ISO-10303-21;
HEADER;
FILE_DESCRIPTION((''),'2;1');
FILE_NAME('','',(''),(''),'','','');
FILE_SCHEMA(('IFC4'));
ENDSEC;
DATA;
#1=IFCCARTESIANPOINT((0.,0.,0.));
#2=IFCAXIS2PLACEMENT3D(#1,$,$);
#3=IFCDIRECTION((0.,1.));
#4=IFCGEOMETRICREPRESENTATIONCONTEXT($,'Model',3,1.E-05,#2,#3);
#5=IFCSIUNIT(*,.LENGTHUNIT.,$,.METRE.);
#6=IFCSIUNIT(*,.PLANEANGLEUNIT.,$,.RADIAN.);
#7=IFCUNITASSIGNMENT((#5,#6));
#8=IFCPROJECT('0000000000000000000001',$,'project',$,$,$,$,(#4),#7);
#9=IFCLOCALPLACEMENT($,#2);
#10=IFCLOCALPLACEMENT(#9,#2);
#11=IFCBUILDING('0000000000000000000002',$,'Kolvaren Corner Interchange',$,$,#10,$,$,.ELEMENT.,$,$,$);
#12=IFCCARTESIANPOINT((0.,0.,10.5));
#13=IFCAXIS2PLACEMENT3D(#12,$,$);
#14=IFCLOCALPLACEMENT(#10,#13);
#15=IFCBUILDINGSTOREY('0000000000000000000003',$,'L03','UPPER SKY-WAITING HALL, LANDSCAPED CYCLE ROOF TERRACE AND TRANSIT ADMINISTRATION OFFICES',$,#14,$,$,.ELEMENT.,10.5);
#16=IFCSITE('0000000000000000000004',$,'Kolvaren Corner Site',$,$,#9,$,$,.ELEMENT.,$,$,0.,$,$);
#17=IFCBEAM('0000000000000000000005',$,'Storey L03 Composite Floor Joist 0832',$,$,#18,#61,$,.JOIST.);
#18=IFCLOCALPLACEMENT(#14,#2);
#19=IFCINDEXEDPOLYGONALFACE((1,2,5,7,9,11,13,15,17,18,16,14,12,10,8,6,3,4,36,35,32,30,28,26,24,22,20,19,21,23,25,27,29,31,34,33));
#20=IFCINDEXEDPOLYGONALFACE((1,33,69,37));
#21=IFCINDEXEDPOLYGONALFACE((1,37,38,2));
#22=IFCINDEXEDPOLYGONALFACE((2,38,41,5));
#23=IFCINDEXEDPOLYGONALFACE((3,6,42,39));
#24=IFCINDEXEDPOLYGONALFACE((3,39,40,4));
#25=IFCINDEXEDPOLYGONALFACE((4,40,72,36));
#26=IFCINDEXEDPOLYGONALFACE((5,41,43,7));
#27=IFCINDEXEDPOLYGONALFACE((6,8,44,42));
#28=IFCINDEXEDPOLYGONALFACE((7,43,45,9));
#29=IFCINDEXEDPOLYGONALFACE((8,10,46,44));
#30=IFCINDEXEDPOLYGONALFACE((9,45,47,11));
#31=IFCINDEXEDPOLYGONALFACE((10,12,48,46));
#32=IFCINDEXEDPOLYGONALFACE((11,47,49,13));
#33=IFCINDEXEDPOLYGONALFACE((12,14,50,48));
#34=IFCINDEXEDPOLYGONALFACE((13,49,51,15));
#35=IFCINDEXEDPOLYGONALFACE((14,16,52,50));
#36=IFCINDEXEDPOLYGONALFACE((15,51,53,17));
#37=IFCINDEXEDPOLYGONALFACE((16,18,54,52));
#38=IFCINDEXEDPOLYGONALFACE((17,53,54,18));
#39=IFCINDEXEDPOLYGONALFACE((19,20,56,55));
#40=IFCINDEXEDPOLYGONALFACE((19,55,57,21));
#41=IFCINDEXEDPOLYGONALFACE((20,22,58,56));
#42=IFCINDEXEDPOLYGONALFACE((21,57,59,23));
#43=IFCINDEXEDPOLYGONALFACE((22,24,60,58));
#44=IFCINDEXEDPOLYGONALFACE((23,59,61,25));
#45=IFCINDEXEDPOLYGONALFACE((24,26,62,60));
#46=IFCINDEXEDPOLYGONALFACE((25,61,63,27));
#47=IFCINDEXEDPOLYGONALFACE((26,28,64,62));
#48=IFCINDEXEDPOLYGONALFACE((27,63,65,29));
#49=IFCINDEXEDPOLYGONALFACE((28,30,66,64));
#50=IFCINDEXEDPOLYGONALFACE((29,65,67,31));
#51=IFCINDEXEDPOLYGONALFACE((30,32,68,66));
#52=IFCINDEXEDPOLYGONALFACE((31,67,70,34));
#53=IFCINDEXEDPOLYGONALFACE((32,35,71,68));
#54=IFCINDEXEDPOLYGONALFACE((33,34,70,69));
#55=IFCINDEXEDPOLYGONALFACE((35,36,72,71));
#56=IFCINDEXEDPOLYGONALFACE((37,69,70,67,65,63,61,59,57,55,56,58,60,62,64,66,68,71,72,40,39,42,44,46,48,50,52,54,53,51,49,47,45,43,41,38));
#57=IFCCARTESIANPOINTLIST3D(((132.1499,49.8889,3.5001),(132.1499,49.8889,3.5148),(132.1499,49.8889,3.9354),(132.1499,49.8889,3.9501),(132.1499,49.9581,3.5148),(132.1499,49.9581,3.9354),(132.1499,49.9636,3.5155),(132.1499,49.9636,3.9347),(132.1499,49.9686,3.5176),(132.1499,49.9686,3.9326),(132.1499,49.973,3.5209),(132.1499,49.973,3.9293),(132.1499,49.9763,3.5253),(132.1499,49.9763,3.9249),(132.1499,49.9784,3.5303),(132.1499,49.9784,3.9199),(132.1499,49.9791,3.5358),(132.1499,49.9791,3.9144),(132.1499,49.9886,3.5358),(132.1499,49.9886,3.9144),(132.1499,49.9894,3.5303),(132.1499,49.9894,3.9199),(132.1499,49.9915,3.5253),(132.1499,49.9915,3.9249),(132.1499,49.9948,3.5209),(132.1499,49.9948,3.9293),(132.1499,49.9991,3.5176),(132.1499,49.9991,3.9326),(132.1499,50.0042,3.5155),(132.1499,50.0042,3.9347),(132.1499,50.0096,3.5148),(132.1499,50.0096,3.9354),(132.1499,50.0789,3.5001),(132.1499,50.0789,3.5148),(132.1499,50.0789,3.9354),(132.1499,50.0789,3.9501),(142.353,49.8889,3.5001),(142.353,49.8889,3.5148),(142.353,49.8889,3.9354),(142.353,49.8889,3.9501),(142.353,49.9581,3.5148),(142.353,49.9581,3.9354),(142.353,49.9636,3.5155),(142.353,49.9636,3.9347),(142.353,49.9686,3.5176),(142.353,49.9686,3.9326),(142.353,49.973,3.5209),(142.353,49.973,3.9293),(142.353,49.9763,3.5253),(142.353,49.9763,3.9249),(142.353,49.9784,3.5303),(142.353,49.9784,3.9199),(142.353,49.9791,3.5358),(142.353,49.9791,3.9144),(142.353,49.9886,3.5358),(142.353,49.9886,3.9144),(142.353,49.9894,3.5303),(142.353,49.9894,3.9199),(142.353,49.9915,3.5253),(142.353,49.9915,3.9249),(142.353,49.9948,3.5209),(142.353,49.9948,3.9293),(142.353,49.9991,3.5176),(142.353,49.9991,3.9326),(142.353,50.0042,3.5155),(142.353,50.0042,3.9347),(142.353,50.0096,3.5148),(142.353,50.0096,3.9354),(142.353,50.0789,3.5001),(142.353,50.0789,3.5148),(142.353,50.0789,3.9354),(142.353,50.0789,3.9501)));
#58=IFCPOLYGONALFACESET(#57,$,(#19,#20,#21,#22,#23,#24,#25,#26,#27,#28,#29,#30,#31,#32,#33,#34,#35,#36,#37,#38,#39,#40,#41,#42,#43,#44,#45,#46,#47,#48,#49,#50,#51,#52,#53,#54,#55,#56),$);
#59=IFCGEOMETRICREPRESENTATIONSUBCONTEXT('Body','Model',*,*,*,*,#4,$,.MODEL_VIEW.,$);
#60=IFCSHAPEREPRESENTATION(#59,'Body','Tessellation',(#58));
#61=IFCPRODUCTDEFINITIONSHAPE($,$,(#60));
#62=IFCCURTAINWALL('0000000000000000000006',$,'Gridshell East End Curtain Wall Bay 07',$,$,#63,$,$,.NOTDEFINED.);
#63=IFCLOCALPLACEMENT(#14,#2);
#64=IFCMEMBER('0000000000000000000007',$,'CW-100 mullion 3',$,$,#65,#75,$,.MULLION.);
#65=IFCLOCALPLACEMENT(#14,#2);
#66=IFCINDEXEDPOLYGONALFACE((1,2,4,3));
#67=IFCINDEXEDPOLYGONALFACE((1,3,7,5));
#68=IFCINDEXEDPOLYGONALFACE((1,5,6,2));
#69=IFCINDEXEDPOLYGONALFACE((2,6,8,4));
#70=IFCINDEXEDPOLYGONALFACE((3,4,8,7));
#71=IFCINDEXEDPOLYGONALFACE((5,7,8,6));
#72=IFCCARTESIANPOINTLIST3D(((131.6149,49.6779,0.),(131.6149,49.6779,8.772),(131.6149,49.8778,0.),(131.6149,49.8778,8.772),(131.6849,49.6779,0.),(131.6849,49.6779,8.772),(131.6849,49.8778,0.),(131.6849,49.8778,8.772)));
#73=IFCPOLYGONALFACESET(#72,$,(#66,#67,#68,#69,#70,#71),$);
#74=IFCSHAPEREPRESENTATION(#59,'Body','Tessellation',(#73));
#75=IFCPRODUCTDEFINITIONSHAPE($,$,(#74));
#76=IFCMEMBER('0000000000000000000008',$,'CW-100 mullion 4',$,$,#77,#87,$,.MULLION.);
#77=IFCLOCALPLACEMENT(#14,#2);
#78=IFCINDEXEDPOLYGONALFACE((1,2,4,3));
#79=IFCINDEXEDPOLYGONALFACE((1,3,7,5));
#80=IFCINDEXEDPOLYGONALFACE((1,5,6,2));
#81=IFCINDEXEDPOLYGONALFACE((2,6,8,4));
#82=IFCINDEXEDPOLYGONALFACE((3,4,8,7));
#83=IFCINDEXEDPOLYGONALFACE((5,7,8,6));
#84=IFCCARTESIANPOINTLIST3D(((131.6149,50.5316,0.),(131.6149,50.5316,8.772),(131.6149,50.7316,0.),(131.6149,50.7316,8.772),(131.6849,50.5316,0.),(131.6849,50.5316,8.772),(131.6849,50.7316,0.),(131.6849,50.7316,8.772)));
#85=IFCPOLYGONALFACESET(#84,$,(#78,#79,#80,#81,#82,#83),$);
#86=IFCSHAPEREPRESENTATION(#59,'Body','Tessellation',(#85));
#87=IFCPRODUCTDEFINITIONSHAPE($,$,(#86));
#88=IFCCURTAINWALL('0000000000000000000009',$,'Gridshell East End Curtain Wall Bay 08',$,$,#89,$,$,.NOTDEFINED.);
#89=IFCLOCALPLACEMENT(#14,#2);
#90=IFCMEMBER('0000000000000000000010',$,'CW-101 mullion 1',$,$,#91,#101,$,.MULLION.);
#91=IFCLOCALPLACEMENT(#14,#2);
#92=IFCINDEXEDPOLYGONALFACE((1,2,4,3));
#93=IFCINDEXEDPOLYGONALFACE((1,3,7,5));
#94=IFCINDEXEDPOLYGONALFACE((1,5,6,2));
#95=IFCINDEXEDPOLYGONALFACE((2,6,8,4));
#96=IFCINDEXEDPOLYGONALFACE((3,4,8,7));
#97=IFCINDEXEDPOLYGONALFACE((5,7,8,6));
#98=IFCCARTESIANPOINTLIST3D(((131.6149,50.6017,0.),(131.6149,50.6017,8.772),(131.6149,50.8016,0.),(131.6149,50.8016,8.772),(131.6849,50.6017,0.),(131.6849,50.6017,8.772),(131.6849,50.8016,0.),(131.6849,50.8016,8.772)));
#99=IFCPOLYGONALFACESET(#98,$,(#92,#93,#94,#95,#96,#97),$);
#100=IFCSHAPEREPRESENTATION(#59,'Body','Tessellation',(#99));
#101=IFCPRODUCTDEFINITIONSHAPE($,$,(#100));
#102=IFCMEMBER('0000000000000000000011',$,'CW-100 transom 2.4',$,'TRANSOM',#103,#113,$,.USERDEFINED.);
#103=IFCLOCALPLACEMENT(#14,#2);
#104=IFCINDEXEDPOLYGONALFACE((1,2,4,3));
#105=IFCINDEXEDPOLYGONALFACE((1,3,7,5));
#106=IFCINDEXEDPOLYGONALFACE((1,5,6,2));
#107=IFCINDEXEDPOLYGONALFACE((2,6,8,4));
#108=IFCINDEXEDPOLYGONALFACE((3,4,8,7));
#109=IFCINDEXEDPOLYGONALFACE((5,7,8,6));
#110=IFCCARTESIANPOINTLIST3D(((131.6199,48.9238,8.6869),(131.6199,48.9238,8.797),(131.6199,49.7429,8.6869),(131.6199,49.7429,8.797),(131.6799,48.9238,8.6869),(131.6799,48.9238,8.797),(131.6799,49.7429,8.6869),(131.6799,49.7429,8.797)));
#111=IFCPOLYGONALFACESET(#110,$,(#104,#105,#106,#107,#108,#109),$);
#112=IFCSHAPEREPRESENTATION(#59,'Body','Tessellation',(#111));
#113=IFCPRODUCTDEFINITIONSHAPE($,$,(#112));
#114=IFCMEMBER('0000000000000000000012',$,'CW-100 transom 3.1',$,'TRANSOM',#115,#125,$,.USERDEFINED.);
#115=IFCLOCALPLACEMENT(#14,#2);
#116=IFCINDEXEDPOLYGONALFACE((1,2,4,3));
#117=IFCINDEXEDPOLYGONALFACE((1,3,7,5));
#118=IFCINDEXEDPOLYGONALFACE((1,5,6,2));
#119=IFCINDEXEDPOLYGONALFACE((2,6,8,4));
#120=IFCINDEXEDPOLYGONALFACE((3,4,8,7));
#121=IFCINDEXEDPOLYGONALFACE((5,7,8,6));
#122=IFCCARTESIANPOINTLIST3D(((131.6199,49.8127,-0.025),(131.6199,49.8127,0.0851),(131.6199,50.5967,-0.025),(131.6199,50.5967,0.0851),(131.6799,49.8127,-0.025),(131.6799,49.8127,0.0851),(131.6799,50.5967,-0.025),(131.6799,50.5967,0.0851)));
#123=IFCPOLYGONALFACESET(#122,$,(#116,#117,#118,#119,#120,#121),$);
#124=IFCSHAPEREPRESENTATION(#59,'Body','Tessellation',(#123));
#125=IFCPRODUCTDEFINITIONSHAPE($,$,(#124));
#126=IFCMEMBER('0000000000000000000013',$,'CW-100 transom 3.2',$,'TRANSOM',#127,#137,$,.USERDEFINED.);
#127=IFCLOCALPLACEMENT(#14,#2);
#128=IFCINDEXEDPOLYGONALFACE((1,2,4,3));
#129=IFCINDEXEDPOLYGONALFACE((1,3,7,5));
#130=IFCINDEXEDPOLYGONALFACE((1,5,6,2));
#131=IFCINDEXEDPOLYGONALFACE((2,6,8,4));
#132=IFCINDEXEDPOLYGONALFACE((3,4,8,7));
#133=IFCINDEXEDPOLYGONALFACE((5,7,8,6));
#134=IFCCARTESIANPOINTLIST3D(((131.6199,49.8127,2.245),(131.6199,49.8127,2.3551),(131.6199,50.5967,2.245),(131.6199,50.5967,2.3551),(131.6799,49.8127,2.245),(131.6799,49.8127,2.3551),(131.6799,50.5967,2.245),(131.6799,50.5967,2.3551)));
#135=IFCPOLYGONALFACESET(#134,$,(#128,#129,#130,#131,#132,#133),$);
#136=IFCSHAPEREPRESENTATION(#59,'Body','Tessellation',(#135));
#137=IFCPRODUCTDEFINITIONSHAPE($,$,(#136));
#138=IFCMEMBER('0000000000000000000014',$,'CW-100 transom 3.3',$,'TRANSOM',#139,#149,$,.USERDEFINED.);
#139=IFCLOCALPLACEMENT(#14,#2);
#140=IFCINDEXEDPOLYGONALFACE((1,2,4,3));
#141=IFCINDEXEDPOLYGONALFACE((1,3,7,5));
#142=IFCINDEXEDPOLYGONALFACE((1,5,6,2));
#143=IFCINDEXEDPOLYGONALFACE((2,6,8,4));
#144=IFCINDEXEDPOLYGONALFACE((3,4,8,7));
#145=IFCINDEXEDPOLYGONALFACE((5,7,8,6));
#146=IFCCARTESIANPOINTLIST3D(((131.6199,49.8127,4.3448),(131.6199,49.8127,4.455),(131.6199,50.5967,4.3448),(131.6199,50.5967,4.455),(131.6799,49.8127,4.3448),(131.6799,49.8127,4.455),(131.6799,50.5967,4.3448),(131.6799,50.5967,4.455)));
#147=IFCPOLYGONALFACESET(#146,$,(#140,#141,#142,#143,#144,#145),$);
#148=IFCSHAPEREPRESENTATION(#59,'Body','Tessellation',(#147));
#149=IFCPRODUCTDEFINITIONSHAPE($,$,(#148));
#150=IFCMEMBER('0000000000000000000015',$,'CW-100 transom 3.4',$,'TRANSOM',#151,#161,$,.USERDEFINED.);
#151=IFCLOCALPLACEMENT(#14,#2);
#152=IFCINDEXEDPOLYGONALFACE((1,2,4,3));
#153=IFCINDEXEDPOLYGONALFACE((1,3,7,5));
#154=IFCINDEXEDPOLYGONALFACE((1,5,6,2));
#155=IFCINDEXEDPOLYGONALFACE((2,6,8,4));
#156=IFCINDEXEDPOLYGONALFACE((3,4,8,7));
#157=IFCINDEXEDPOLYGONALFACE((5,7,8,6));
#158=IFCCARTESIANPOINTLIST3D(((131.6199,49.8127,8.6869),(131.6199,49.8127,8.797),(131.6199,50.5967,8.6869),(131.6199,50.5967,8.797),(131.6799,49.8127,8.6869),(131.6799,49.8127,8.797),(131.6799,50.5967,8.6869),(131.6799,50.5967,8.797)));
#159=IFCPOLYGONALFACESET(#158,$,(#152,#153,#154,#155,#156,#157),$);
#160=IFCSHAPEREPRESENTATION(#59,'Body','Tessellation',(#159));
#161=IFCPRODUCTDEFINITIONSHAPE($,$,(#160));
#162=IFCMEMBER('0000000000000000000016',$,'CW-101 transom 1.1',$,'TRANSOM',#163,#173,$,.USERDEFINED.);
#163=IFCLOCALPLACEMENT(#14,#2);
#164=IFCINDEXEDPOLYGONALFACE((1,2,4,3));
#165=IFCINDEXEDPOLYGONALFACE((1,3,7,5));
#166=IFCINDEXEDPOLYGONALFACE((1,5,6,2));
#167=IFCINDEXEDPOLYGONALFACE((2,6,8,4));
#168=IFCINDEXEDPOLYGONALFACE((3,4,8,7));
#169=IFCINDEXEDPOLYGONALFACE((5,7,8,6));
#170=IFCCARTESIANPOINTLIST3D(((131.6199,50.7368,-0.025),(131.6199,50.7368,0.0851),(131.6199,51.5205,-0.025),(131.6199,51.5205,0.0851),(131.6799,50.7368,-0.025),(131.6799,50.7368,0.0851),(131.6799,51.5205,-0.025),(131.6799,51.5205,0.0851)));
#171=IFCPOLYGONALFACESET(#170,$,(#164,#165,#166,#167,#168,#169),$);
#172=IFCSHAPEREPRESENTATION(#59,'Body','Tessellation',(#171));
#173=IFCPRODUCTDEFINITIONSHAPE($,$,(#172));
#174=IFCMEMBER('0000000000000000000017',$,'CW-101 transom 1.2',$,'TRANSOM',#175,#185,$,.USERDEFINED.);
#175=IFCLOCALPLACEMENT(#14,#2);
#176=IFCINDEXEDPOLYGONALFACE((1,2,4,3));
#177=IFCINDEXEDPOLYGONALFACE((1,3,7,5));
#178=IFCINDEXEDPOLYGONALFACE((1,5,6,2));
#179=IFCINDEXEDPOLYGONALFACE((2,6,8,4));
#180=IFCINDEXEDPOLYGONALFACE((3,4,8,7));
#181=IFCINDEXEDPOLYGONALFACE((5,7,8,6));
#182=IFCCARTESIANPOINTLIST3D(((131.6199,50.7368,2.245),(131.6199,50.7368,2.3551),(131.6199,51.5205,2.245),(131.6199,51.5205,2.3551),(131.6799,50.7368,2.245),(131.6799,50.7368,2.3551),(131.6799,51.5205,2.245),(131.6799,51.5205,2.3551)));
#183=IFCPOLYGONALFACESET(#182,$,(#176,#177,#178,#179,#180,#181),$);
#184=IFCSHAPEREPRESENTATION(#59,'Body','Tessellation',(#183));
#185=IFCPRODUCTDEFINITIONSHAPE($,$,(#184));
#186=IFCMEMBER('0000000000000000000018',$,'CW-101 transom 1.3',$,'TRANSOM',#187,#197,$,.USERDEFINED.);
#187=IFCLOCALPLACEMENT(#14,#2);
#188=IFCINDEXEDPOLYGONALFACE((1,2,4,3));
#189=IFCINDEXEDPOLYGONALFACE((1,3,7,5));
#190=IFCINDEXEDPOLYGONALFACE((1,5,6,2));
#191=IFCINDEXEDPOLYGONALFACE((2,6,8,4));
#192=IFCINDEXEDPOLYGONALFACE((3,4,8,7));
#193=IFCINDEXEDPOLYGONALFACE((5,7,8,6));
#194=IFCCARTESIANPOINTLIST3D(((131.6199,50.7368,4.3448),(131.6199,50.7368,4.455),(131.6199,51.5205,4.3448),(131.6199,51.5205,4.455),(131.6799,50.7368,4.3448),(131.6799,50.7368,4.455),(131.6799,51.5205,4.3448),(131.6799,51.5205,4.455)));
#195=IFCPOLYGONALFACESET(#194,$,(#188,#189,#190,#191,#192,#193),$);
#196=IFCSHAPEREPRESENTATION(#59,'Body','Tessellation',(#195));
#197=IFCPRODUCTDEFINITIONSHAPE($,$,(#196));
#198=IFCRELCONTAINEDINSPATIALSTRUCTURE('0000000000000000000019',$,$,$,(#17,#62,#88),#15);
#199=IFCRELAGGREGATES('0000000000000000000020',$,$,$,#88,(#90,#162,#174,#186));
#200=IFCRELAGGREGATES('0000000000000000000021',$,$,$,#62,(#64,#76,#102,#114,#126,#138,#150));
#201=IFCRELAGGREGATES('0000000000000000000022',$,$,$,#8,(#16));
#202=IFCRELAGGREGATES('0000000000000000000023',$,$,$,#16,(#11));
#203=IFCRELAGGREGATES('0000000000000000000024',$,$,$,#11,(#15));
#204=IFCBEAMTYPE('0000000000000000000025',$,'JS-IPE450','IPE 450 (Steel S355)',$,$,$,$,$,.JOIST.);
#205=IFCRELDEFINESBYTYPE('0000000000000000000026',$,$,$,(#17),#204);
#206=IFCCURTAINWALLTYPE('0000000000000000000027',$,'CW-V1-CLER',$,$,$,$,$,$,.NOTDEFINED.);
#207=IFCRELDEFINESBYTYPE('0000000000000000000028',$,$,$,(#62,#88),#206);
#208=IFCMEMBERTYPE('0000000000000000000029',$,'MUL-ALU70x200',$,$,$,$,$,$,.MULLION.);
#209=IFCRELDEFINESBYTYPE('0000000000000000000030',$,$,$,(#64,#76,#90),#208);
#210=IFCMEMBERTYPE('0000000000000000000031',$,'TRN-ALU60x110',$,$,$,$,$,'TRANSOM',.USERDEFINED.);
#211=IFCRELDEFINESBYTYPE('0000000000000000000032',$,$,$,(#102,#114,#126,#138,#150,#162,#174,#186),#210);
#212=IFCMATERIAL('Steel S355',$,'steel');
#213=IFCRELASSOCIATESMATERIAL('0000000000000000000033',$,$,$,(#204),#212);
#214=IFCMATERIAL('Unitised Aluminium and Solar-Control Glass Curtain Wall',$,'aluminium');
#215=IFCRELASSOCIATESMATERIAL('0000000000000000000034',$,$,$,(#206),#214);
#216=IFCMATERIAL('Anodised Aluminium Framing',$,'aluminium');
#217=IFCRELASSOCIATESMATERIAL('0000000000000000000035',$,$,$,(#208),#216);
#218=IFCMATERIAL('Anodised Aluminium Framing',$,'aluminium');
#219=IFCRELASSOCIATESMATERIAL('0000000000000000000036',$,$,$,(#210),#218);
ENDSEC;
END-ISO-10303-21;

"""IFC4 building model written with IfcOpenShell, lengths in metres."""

from ifc_helpers import new_model, si_unit, direction, frame, origin, origin_2d, place, context, subcontext, project, spatial, rectangle, i_section, extrude, material, material_profile, profile_set, type_object, element, aggregate, save


model = new_model("IFC4")

# Units and contexts
model_context = context("Model", 3, precision=1e-05, world=origin(), true_north=direction((0.0, 1.0)))
body_context = subcontext(model_context, "Body", "Model", "MODEL_VIEW")
ifc_project = project(units=[si_unit("LENGTHUNIT", "METRE"), si_unit("PLANEANGLEUNIT", "RADIAN")], contexts=[model_context])

# Site, building, storey
site_placement = place(None, origin())
site = spatial("IfcSite", under=ifc_project, at=site_placement, Name="Kolvaren Corner Site", CompositionType="ELEMENT", RefElevation=0.0)
building_placement = place(site_placement, origin())
building = spatial("IfcBuilding", under=site, at=building_placement, Name="Kolvaren Corner Interchange", CompositionType="ELEMENT")
storey_placement = place(building_placement, frame((0.0, 0.0, 10.5)))
storey = spatial("IfcBuildingStorey", under=building, at=storey_placement, Name="L03", Description="UPPER SKY-WAITING HALL, LANDSCAPED CYCLE ROOF TERRACE AND TRANSIT ADMINISTRATION OFFICES", CompositionType="ELEMENT", Elevation=10.5)

# Beam
ifc_material_1 = material(Name="Steel S355", Category="steel")
ifc_material_profile_1 = material_profile(ifc_material_1, i_section(OverallWidth=0.1899, OverallDepth=0.45, WebThickness=0.0095, FlangeThickness=0.0146, FilletRadius=0.021, at=origin_2d()), Name="IPE 450")
ifc_profile_set_1 = profile_set([ifc_material_profile_1], Name="Steel S355")
beam_type_1 = type_object("IfcBeamType", Name="JS-IPE450", Description="IPE 450 (Steel S355)", PredefinedType="JOIST", material=ifc_profile_set_1)
beam_1_placement = place(storey_placement, frame((132.1499, 49.9839, 3.7251), z_axis=(1.0, 0.0, 0.0), x_axis=(0.0, 1.0, 0.0)))
element("IfcBeam", 1, at=beam_1_placement, inside=storey, type_object=beam_type_1, Name="Storey L03 Composite Floor Joist 0832", PredefinedType="JOIST", context=body_context, shape_type="SweptSolid", body=[
    extrude(i_section(OverallWidth=0.1899, OverallDepth=0.45, WebThickness=0.0095, FlangeThickness=0.0146, FilletRadius=0.021, at=origin_2d()), origin(), (0.0, 0.0, 1.0), 10.2031),
])

# Curtain wall, members
ifc_material_2 = material(Name="Unitised Aluminium and Solar-Control Glass Curtain Wall", Category="aluminium")
curtain_wall_type = type_object("IfcCurtainWallType", Name="CW-V1-CLER", PredefinedType="NOTDEFINED", material=ifc_material_2)
curtain_wall_1_placement = place(storey_placement, origin())
curtain_wall_1 = element("IfcCurtainWall", 2, at=curtain_wall_1_placement, inside=storey, type_object=curtain_wall_type, Name="Gridshell East End Curtain Wall Bay 07", PredefinedType="NOTDEFINED")
ifc_material_3 = material(Name="Anodised Aluminium Framing", Category="aluminium")
ifc_material_profile_2 = material_profile(ifc_material_3, rectangle(XDim=0.0701, YDim=0.2, at=origin_2d()), Name="ALU 70x200")
ifc_profile_set_2 = profile_set([ifc_material_profile_2], Name="Anodised Aluminium Framing")
member_type_1 = type_object("IfcMemberType", Name="MUL-ALU70x200", PredefinedType="MULLION", material=ifc_profile_set_2)
member_1_placement = place(storey_placement, frame((131.6499, 49.7778, 0.0), z_axis=(0.0, 0.0, 1.0), x_axis=(-1.0, 0.0, 0.0)))
member_1 = element("IfcMember", 3, at=member_1_placement, type_object=member_type_1, Name="CW-100 mullion 3", PredefinedType="MULLION", context=body_context, shape_type="SweptSolid", body=[
    extrude(rectangle(XDim=0.0701, YDim=0.2, at=origin_2d()), origin(), (0.0, 0.0, 1.0), 8.772),
])
member_2_placement = place(storey_placement, frame((131.6499, 50.6316, 0.0), z_axis=(0.0, 0.0, 1.0), x_axis=(-1.0, 0.0, 0.0)))
member_2 = element("IfcMember", 4, at=member_2_placement, type_object=member_type_1, Name="CW-100 mullion 4", PredefinedType="MULLION", context=body_context, shape_type="SweptSolid", body=[
    extrude(rectangle(XDim=0.0701, YDim=0.2, at=origin_2d()), origin(), (0.0, 0.0, 1.0), 8.772),
])

# Curtain wall, member
curtain_wall_2_placement = place(storey_placement, origin())
curtain_wall_2 = element("IfcCurtainWall", 5, at=curtain_wall_2_placement, inside=storey, type_object=curtain_wall_type, Name="Gridshell East End Curtain Wall Bay 08", PredefinedType="NOTDEFINED")
member_3_placement = place(storey_placement, frame((131.6499, 50.7017, 0.0), z_axis=(0.0, 0.0, 1.0), x_axis=(-1.0, 0.0, 0.0)))
member_3 = element("IfcMember", 6, at=member_3_placement, type_object=member_type_1, Name="CW-101 mullion 1", PredefinedType="MULLION", context=body_context, shape_type="SweptSolid", body=[
    extrude(rectangle(XDim=0.0701, YDim=0.2, at=origin_2d()), origin(), (0.0, 0.0, 1.0), 8.772),
])

# Members
ifc_material_4 = material(Name="Anodised Aluminium Framing", Category="aluminium")
ifc_material_profile_3 = material_profile(ifc_material_4, rectangle(XDim=0.0601, YDim=0.1101, at=origin_2d()), Name="ALU 60x110")
ifc_profile_set_3 = profile_set([ifc_material_profile_3], Name="Anodised Aluminium Framing")
member_type_2 = type_object("IfcMemberType", Name="TRN-ALU60x110", ElementType="TRANSOM", PredefinedType="USERDEFINED", material=ifc_profile_set_3)
member_4_placement = place(storey_placement, frame((131.6499, 48.9238, 8.7419), z_axis=(0.0, 1.0, 0.0), x_axis=(-1.0, 0.0, 0.0)))
member_4 = element("IfcMember", 7, at=member_4_placement, type_object=member_type_2, Name="CW-100 transom 2.4", ObjectType="TRANSOM", PredefinedType="USERDEFINED", context=body_context, shape_type="SweptSolid", body=[
    extrude(rectangle(XDim=0.0601, YDim=0.1101, at=origin_2d()), origin(), (0.0, 0.0, 1.0), 0.8191),
])
member_5_placement = place(storey_placement, frame((131.6499, 49.8127, 0.03), z_axis=(0.0, 1.0, 0.0), x_axis=(-1.0, 0.0, 0.0)))
member_5 = element("IfcMember", 8, at=member_5_placement, type_object=member_type_2, Name="CW-100 transom 3.1", ObjectType="TRANSOM", PredefinedType="USERDEFINED", context=body_context, shape_type="SweptSolid", body=[
    extrude(rectangle(XDim=0.0601, YDim=0.1101, at=origin_2d()), origin(), (0.0, 0.0, 1.0), 0.7839),
])
member_6_placement = place(storey_placement, frame((131.6499, 49.8127, 2.3), z_axis=(0.0, 1.0, 0.0), x_axis=(-1.0, 0.0, 0.0)))
member_6 = element("IfcMember", 9, at=member_6_placement, type_object=member_type_2, Name="CW-100 transom 3.2", ObjectType="TRANSOM", PredefinedType="USERDEFINED", context=body_context, shape_type="SweptSolid", body=[
    extrude(rectangle(XDim=0.0601, YDim=0.1101, at=origin_2d()), origin(), (0.0, 0.0, 1.0), 0.7839),
])
member_7_placement = place(storey_placement, frame((131.6499, 49.8127, 4.3999), z_axis=(0.0, 1.0, 0.0), x_axis=(-1.0, 0.0, 0.0)))
member_7 = element("IfcMember", 10, at=member_7_placement, type_object=member_type_2, Name="CW-100 transom 3.3", ObjectType="TRANSOM", PredefinedType="USERDEFINED", context=body_context, shape_type="SweptSolid", body=[
    extrude(rectangle(XDim=0.0601, YDim=0.1101, at=origin_2d()), origin(), (0.0, 0.0, 1.0), 0.7839),
])
member_8_placement = place(storey_placement, frame((131.6499, 49.8127, 8.7419), z_axis=(0.0, 1.0, 0.0), x_axis=(-1.0, 0.0, 0.0)))
member_8 = element("IfcMember", 11, at=member_8_placement, type_object=member_type_2, Name="CW-100 transom 3.4", ObjectType="TRANSOM", PredefinedType="USERDEFINED", context=body_context, shape_type="SweptSolid", body=[
    extrude(rectangle(XDim=0.0601, YDim=0.1101, at=origin_2d()), origin(), (0.0, 0.0, 1.0), 0.7839),
])
member_9_placement = place(storey_placement, frame((131.6499, 50.7368, 0.03), z_axis=(0.0, 1.0, 0.0), x_axis=(-1.0, 0.0, 0.0)))
member_9 = element("IfcMember", 12, at=member_9_placement, type_object=member_type_2, Name="CW-101 transom 1.1", ObjectType="TRANSOM", PredefinedType="USERDEFINED", context=body_context, shape_type="SweptSolid", body=[
    extrude(rectangle(XDim=0.0601, YDim=0.1101, at=origin_2d()), origin(), (0.0, 0.0, 1.0), 0.7837),
])
member_10_placement = place(storey_placement, frame((131.6499, 50.7368, 2.3), z_axis=(0.0, 1.0, 0.0), x_axis=(-1.0, 0.0, 0.0)))
member_10 = element("IfcMember", 13, at=member_10_placement, type_object=member_type_2, Name="CW-101 transom 1.2", ObjectType="TRANSOM", PredefinedType="USERDEFINED", context=body_context, shape_type="SweptSolid", body=[
    extrude(rectangle(XDim=0.0601, YDim=0.1101, at=origin_2d()), origin(), (0.0, 0.0, 1.0), 0.7837),
])
member_11_placement = place(storey_placement, frame((131.6499, 50.7368, 4.3999), z_axis=(0.0, 1.0, 0.0), x_axis=(-1.0, 0.0, 0.0)))
member_11 = element("IfcMember", 14, at=member_11_placement, type_object=member_type_2, Name="CW-101 transom 1.3", ObjectType="TRANSOM", PredefinedType="USERDEFINED", context=body_context, shape_type="SweptSolid", body=[
    extrude(rectangle(XDim=0.0601, YDim=0.1101, at=origin_2d()), origin(), (0.0, 0.0, 1.0), 0.7837),
])
aggregate(curtain_wall_2, [member_3, member_9, member_10, member_11])

aggregate(curtain_wall_1, [member_1, member_2, member_4, member_5, member_6, member_7, member_8])

save(model, "model.ifc")
